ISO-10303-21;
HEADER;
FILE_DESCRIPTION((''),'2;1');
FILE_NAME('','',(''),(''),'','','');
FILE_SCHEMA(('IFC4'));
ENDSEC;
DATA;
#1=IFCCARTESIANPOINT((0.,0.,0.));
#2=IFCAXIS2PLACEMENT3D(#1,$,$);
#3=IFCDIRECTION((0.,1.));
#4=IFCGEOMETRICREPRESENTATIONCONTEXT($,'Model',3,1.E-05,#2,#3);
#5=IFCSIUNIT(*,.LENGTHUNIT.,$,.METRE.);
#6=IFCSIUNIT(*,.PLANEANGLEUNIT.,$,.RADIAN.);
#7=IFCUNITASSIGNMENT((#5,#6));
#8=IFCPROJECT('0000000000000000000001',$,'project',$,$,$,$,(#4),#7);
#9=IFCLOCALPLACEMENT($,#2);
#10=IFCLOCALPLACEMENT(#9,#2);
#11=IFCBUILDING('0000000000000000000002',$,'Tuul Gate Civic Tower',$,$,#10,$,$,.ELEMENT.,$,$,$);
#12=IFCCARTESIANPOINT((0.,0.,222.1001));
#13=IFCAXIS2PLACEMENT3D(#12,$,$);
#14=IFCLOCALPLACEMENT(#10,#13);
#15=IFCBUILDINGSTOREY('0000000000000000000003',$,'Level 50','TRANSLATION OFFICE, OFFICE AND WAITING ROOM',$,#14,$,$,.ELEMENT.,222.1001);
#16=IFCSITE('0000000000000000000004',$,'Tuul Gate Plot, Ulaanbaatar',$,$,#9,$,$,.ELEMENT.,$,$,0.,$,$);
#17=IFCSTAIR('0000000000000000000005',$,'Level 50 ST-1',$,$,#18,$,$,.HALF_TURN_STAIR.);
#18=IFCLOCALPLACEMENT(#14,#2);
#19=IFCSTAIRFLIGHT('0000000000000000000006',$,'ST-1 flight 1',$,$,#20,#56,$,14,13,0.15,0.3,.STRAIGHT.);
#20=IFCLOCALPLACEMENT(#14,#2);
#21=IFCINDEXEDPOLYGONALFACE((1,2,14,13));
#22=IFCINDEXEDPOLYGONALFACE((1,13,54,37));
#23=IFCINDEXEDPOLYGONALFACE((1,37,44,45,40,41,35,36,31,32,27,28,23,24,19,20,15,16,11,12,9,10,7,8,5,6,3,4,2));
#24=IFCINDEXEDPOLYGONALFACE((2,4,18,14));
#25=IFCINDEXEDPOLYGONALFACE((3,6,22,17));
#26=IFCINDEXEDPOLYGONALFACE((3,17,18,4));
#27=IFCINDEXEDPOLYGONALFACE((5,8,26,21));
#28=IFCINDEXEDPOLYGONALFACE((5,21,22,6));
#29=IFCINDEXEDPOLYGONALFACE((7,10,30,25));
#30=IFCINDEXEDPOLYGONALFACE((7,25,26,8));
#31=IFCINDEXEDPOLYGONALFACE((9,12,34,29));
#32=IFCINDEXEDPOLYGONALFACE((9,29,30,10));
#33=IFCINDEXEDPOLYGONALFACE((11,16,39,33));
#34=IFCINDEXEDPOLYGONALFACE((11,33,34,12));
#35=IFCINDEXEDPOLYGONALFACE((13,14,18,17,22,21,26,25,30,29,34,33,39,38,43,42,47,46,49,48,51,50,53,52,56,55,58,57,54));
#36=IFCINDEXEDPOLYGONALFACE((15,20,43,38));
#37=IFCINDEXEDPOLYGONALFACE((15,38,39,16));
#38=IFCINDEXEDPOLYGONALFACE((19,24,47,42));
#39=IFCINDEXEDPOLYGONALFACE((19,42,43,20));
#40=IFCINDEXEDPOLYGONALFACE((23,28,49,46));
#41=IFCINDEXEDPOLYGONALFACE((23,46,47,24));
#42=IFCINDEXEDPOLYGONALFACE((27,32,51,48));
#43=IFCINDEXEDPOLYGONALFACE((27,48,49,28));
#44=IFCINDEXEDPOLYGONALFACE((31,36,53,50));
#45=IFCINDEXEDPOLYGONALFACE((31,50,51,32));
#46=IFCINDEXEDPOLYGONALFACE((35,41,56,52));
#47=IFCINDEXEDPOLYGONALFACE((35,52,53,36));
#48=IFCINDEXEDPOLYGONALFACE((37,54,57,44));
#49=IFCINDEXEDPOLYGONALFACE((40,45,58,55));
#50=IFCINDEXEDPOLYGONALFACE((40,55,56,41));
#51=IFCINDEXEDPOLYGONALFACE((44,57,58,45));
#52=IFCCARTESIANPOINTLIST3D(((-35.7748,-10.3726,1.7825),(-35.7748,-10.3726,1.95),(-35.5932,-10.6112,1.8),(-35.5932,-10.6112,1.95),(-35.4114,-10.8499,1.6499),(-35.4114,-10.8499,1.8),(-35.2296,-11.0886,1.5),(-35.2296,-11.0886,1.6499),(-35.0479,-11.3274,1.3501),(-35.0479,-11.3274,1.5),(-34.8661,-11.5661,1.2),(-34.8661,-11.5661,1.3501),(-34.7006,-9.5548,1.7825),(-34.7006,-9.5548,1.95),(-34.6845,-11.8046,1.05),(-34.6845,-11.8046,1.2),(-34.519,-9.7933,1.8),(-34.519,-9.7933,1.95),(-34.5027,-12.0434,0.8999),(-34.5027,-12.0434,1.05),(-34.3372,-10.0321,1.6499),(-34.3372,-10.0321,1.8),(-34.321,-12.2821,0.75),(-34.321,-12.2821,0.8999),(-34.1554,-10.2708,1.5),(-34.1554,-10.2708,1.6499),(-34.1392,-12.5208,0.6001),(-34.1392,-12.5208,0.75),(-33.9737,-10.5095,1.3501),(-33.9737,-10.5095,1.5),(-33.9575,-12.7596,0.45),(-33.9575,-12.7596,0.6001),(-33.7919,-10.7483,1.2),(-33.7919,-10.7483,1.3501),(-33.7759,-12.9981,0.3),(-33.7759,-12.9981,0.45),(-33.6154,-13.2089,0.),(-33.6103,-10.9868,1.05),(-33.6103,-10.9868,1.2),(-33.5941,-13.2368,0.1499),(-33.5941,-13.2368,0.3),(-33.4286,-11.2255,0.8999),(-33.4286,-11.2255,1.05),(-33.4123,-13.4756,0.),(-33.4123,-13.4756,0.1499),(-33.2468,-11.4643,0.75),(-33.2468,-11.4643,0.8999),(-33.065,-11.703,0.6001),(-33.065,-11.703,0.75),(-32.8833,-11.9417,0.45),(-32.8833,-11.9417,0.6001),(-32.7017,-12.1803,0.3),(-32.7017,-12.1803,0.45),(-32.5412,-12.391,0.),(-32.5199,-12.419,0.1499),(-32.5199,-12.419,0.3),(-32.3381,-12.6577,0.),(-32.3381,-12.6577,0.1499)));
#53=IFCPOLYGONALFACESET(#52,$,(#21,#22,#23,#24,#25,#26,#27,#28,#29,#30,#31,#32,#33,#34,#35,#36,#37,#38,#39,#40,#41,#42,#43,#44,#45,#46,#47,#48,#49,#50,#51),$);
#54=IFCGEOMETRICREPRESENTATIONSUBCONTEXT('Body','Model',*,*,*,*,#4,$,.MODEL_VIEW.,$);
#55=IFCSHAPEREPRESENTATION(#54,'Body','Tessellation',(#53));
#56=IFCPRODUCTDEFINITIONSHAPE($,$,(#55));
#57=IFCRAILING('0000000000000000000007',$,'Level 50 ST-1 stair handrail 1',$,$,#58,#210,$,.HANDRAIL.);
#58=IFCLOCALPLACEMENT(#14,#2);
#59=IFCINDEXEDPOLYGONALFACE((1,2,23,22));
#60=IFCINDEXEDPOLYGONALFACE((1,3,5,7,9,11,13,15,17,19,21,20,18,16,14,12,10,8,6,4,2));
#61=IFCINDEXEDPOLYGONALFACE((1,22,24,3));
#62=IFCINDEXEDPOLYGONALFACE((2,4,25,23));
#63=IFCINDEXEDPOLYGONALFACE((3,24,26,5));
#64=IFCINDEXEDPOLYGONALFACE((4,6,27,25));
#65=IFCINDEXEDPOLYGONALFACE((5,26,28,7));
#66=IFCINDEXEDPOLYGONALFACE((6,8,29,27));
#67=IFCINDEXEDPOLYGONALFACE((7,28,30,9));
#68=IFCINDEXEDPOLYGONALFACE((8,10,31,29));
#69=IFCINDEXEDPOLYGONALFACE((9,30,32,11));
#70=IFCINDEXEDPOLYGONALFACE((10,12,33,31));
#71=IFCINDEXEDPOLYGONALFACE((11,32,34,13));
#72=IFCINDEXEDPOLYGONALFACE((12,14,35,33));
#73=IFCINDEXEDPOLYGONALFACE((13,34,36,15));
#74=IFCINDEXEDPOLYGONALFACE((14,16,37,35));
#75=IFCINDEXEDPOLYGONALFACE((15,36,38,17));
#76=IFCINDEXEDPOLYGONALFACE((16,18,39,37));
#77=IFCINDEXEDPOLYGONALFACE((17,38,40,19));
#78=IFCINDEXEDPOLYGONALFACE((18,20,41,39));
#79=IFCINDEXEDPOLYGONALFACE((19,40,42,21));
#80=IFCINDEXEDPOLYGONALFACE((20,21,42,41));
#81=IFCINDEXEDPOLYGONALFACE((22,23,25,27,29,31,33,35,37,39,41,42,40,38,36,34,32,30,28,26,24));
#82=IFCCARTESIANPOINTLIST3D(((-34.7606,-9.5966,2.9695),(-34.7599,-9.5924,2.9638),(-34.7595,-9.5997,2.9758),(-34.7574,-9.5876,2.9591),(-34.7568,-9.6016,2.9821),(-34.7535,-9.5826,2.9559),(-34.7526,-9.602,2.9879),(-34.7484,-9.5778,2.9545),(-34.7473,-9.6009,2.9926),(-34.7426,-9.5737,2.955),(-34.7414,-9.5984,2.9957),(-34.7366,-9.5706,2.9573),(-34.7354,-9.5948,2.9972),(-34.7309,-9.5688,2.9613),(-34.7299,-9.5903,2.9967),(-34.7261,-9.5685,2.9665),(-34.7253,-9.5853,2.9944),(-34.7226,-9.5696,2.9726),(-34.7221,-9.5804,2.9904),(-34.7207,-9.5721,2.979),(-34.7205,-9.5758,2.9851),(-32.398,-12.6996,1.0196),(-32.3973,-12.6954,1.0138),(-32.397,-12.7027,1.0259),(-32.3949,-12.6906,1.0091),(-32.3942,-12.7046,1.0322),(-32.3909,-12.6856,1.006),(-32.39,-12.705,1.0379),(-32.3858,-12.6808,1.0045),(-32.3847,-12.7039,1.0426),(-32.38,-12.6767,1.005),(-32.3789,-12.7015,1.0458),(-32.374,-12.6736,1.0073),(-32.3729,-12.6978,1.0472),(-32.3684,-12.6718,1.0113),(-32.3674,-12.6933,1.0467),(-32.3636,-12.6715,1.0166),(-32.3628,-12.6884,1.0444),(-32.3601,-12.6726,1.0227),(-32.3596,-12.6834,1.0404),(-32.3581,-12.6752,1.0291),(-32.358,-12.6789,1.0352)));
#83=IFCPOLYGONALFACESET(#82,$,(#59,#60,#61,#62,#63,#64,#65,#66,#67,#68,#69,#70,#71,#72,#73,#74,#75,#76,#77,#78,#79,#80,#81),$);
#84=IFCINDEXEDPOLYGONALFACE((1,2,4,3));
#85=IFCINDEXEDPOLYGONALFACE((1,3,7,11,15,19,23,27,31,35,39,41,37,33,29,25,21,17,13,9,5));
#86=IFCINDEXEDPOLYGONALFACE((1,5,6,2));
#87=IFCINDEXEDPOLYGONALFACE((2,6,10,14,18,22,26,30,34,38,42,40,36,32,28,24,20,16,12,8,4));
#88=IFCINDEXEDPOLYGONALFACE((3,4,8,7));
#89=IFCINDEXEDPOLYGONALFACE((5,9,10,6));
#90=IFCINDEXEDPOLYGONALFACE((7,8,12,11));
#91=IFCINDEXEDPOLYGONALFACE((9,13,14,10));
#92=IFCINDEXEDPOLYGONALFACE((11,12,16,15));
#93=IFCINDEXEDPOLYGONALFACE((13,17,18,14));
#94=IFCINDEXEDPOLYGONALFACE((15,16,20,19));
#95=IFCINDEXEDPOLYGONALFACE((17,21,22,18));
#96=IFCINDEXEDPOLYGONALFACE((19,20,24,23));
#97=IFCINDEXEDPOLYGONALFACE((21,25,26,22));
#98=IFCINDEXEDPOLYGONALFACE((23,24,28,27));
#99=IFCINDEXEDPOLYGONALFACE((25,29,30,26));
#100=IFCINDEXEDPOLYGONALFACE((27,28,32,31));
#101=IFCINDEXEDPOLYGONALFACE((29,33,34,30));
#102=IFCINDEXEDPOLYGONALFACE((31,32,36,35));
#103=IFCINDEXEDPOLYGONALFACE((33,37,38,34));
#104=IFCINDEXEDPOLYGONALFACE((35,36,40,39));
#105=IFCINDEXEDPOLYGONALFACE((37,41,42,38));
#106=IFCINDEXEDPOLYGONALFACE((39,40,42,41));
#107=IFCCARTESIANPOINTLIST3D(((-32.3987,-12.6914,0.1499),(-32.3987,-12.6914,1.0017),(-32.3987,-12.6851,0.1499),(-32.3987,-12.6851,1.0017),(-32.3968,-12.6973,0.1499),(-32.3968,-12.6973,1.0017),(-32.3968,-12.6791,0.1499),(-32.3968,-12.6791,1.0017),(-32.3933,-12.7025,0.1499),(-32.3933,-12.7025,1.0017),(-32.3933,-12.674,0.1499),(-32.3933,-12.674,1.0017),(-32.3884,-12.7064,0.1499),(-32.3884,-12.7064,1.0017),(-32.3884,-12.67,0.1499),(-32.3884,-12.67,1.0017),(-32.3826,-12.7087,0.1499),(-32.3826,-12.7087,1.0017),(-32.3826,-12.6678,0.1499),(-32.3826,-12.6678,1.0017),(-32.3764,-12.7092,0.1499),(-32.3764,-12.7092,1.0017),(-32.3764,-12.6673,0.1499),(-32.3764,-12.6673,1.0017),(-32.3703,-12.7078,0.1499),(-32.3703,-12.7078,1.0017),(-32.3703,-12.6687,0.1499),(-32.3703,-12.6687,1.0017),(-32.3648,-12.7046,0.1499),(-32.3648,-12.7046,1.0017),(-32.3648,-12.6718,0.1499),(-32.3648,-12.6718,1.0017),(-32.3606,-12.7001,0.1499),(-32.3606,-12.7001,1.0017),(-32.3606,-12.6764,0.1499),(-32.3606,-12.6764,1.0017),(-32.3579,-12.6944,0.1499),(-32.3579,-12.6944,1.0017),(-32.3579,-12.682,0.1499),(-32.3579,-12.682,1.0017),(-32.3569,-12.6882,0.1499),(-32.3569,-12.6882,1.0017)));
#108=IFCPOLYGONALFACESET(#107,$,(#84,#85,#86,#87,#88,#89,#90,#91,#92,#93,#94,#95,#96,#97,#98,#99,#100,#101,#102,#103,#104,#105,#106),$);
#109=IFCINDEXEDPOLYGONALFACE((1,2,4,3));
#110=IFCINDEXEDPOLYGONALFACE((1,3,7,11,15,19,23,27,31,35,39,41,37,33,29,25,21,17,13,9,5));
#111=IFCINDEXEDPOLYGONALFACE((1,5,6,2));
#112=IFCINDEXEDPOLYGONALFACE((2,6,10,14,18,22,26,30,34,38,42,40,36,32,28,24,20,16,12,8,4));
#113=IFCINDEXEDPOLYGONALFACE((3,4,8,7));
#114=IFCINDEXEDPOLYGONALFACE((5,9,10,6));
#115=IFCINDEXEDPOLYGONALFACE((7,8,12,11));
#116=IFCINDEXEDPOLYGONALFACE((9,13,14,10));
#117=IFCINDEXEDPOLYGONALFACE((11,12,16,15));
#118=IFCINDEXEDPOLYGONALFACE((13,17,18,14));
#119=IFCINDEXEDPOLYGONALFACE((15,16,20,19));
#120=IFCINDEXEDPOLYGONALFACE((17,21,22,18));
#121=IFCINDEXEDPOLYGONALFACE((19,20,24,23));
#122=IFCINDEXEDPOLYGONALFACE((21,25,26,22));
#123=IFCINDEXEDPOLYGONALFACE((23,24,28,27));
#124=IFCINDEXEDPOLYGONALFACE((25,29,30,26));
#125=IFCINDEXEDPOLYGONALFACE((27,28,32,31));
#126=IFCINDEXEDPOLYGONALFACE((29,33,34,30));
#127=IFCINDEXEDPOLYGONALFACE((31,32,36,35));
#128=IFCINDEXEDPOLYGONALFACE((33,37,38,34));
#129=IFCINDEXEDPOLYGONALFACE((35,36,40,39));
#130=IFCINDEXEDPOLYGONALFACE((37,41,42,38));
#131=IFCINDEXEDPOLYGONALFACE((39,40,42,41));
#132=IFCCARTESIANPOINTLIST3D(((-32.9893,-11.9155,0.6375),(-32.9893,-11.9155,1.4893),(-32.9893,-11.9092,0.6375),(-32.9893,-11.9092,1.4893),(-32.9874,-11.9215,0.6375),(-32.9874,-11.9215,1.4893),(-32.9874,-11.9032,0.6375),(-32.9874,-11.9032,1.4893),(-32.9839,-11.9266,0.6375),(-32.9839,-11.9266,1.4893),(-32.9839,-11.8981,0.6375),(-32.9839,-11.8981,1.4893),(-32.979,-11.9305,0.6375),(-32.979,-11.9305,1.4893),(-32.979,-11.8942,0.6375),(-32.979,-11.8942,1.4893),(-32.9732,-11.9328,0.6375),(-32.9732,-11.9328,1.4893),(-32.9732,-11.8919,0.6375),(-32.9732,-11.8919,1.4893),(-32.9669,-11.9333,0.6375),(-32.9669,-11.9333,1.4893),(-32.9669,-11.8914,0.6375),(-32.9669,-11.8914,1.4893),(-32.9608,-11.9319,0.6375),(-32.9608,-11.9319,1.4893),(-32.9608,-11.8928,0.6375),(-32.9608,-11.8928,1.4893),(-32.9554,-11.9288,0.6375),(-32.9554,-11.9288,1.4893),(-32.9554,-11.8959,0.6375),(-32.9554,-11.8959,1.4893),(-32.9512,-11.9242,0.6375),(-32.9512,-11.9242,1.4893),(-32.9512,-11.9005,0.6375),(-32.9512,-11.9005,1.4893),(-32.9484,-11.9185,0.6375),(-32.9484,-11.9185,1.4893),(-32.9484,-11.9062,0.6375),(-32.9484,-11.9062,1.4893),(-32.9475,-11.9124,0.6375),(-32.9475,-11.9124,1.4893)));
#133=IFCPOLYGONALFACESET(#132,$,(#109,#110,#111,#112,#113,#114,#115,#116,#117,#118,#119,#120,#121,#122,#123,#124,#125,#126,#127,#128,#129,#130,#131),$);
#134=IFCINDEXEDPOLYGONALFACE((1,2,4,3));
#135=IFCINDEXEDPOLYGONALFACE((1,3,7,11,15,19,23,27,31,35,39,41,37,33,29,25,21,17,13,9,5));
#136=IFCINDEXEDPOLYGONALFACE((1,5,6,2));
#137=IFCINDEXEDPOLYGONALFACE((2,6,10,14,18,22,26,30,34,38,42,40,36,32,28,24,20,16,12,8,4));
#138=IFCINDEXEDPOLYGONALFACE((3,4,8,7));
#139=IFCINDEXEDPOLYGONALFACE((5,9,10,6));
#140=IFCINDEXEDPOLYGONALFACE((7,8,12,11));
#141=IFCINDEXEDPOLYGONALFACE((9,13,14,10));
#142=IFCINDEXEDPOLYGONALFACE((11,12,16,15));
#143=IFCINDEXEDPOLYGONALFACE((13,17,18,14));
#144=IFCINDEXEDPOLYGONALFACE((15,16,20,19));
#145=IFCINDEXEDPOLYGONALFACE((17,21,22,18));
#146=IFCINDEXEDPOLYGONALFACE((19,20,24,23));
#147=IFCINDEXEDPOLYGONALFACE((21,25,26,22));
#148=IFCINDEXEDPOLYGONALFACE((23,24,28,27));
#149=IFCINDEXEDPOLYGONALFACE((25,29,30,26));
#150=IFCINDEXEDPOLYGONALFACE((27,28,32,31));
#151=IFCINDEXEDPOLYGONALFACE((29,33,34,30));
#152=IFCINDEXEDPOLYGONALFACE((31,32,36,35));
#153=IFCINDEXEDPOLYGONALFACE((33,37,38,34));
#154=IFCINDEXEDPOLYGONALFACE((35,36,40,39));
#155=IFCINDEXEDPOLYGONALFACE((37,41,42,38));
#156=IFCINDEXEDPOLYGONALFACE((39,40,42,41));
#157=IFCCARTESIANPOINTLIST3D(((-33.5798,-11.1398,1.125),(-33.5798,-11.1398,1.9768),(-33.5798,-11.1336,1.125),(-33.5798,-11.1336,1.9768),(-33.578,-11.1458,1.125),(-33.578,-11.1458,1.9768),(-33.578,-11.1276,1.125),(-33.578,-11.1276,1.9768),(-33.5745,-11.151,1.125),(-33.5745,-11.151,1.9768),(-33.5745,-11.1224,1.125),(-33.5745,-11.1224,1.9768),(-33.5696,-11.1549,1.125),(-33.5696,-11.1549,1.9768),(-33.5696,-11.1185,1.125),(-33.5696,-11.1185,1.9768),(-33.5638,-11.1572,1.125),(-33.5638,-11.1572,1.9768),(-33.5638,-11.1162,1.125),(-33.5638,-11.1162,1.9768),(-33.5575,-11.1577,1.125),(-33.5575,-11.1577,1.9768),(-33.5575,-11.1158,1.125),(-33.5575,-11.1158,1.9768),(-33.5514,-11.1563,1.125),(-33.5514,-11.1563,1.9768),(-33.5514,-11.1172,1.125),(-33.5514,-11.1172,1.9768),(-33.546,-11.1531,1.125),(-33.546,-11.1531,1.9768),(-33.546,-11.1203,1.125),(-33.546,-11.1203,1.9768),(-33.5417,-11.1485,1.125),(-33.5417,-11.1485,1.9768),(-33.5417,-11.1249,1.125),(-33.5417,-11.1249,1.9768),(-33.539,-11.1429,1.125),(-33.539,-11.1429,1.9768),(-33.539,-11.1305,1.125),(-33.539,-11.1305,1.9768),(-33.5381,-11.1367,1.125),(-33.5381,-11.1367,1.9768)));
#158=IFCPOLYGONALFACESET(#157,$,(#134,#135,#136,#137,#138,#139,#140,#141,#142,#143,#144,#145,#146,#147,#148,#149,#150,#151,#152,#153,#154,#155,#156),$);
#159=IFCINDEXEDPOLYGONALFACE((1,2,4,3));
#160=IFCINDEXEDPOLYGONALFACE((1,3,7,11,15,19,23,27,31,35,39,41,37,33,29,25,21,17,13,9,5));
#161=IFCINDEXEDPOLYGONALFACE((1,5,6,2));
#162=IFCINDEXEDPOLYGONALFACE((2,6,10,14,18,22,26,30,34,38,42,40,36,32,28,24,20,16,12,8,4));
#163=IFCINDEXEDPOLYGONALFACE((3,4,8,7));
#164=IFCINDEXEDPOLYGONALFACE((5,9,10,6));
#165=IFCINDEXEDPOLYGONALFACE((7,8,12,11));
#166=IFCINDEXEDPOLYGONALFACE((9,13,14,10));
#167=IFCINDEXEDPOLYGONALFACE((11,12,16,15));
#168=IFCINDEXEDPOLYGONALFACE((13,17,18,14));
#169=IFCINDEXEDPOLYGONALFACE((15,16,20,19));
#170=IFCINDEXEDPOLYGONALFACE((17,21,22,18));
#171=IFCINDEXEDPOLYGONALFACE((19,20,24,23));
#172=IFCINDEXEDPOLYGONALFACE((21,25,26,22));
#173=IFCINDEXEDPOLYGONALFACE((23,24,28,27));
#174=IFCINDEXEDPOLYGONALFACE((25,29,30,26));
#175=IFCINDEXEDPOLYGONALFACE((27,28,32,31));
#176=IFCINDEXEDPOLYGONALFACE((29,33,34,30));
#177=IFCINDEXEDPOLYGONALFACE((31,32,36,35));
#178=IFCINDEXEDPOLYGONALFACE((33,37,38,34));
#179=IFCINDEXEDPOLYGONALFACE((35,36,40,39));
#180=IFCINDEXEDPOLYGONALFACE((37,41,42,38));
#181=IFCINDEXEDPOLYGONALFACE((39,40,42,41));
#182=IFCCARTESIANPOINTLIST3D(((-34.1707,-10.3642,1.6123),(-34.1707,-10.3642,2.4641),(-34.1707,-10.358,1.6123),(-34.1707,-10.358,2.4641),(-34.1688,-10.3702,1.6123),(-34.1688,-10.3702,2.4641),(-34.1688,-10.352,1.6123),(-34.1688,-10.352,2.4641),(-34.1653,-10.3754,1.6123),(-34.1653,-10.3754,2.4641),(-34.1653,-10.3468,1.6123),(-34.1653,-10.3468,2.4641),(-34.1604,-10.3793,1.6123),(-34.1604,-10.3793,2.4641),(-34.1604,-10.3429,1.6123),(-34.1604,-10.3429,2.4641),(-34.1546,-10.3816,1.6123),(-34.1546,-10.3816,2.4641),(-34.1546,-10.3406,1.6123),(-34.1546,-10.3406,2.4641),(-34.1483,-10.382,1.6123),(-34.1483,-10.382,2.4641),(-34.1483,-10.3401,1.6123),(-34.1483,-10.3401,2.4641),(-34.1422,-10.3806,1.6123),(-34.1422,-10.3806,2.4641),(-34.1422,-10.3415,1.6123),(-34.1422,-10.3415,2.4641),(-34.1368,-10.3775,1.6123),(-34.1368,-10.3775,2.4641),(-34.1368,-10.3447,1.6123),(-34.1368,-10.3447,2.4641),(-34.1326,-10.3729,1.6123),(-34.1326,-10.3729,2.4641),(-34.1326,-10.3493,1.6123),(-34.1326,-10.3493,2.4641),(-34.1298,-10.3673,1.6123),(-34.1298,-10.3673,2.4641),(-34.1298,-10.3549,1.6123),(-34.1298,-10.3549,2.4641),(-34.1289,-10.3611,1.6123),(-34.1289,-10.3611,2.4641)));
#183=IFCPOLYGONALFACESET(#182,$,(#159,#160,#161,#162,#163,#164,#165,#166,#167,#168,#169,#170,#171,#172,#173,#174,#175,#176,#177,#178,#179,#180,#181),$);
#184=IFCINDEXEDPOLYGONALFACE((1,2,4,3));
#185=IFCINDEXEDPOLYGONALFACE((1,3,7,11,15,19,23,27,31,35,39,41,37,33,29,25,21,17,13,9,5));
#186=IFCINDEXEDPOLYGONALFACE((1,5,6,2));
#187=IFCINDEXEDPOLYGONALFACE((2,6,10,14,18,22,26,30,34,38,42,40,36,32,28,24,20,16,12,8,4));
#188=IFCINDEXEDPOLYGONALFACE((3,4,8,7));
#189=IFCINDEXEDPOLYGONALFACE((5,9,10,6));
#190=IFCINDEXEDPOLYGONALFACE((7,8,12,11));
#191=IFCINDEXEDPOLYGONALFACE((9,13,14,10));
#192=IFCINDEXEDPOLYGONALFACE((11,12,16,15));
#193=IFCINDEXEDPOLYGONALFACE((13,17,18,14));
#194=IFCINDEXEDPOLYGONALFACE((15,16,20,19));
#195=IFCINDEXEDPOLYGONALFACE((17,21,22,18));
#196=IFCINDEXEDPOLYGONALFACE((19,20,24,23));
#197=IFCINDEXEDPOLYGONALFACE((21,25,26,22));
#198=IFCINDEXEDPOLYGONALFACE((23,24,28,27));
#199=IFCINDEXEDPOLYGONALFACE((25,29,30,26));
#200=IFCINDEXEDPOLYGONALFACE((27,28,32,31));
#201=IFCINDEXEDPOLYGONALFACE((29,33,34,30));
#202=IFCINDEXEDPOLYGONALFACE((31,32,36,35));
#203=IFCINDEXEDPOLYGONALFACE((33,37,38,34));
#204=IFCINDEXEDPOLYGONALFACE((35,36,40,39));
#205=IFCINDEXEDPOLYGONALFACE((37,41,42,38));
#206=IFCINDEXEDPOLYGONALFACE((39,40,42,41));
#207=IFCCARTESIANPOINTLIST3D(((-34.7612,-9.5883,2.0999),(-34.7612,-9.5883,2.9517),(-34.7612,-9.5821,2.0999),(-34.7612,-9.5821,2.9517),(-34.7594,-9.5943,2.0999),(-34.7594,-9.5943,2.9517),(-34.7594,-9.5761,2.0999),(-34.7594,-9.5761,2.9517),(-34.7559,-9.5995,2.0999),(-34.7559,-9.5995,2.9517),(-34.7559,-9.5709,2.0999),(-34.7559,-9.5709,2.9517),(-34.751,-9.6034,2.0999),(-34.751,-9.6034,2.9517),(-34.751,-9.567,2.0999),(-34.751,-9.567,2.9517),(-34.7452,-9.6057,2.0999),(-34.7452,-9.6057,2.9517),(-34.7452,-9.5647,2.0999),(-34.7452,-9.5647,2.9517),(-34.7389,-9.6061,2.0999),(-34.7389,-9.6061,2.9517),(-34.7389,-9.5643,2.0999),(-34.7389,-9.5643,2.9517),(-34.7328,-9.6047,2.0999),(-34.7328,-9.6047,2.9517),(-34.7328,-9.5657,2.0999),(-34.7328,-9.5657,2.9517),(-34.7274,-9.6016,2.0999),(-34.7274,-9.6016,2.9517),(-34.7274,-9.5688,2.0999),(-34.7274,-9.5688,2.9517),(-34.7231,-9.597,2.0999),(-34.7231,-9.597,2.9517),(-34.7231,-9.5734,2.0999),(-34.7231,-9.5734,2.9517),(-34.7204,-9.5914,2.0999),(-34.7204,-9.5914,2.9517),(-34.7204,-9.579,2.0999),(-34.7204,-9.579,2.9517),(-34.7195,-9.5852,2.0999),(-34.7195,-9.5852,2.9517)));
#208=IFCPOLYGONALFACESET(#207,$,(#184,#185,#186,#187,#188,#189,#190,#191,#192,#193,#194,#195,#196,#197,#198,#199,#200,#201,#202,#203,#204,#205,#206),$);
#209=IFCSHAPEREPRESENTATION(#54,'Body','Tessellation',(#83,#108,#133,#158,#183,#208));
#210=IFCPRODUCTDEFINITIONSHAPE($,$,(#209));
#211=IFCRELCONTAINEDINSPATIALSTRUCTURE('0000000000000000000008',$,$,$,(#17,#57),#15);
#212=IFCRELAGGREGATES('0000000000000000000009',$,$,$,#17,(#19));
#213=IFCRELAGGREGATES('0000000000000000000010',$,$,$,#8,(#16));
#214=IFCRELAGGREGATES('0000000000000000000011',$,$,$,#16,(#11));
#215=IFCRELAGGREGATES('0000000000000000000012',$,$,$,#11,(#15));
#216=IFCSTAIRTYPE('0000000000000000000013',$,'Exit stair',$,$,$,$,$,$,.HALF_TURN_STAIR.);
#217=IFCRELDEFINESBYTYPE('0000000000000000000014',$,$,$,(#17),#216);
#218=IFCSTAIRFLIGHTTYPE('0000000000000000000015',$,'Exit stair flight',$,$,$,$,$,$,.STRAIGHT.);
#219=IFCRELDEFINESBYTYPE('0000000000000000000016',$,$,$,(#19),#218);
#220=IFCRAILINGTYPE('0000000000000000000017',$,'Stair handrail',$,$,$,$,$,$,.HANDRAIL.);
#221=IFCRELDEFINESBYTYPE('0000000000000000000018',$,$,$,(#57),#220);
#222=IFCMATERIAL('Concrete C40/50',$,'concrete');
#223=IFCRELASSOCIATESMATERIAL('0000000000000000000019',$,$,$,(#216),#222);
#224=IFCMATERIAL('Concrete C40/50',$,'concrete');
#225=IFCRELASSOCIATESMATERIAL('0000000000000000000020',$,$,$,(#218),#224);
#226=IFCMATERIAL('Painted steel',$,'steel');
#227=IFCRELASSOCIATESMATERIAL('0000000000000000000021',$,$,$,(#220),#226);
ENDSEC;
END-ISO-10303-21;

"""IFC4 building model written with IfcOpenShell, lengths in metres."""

from ifc_helpers import new_model, si_unit, direction, frame, origin, origin_2d, place, context, subcontext, project, spatial, polyline, circle, outline, extrude, material, type_object, element, aggregate, save


model = new_model("IFC4")

# Units and contexts
model_context = context("Model", 3, precision=1e-05, world=origin(), true_north=direction((0.0, 1.0)))
body_context = subcontext(model_context, "Body", "Model", "MODEL_VIEW")
ifc_project = project(units=[si_unit("LENGTHUNIT", "METRE"), si_unit("PLANEANGLEUNIT", "RADIAN")], contexts=[model_context])

# Site, building, storey
site_placement = place(None, origin())
site = spatial("IfcSite", under=ifc_project, at=site_placement, Name="Tuul Gate Plot, Ulaanbaatar", CompositionType="ELEMENT", RefElevation=0.0)
building_placement = place(site_placement, origin())
building = spatial("IfcBuilding", under=site, at=building_placement, Name="Tuul Gate Civic Tower", CompositionType="ELEMENT")
storey_placement = place(building_placement, frame((0.0, 0.0, 222.1001)))
storey = spatial("IfcBuildingStorey", under=building, at=storey_placement, Name="Level 50", Description="TRANSLATION OFFICE, OFFICE AND WAITING ROOM", CompositionType="ELEMENT", Elevation=222.1001)

# Stair, stair flight
ifc_material_1 = material(Name="Concrete C40/50", Category="concrete")
stair_type = type_object("IfcStairType", Name="Exit stair", PredefinedType="HALF_TURN_STAIR", material=ifc_material_1)
stair_placement = place(storey_placement, origin())
stair = element("IfcStair", 1, at=stair_placement, inside=storey, type_object=stair_type, Name="Level 50 ST-1", PredefinedType="HALF_TURN_STAIR")
ifc_material_2 = material(Name="Concrete C40/50", Category="concrete")
stair_flight_type = type_object("IfcStairFlightType", Name="Exit stair flight", PredefinedType="STRAIGHT", material=ifc_material_2)
stair_flight_placement = place(storey_placement, frame((-32.8752, -13.0667, 0.0), z_axis=(0.0, 0.0, 1.0), x_axis=(-0.605764, 0.795644, 0.0)))
stair_flight = element("IfcStairFlight", 2, at=stair_flight_placement, type_object=stair_flight_type, Name="ST-1 flight 1", NumberOfRisers=14, NumberOfTreads=13, PredefinedType="STRAIGHT", RiserHeight=0.15, TreadLength=0.3, context=body_context, shape_type="SweptSolid", body=[
    extrude(outline(polyline([(0.0, 0.0), (0.0, 0.1499), (0.3, 0.1499), (0.3, 0.3), (0.6001, 0.3), (0.6001, 0.45), (0.8999, 0.45), (0.8999, 0.6001), (1.2, 0.6001), (1.2, 0.75), (1.5, 0.75), (1.5, 0.8999), (1.8, 0.8999), (1.8, 1.05), (2.1001, 1.05), (2.1001, 1.2), (2.3999, 1.2), (2.3999, 1.3501), (2.7, 1.3501), (2.7, 1.5), (3.0, 1.5), (3.0, 1.6499), (3.3, 1.6499), (3.3, 1.8), (3.6001, 1.8), (3.6001, 1.95), (3.8999, 1.95), (3.8999, 2.1001), (3.8999, 1.7825), (0.3352, 0.0), (0.0, 0.0)])), frame((0.0, 0.675, 0.0), z_axis=(0.0, -1.0, 0.0), x_axis=(1.0, 0.0, 0.0)), (0.0, 0.0, 1.0), 1.3501),
])
aggregate(stair, [stair_flight])

# Railing
ifc_material_3 = material(Name="Painted steel", Category="steel")
railing_type_1 = type_object("IfcRailingType", Name="Stair handrail", PredefinedType="HANDRAIL", material=ifc_material_3)
railing_1_placement = place(storey_placement, frame((-32.3779, -12.6882, 0.1499)))
element("IfcRailing", 3, at=railing_1_placement, inside=storey, type_object=railing_type_1, Name="Level 50 ST-1 stair handrail 1", PredefinedType="HANDRAIL", context=body_context, shape_type="SweptSolid", body=[
    extrude(circle(Radius=0.0239, at=origin_2d()), frame((0.0, 0.0, 0.876), z_axis=(-0.541824, 0.711645, 0.4472), x_axis=(-0.795637, -0.605773, 0.0)), (0.0, 0.0, 1.0), 4.3604),
    extrude(circle(Radius=0.021, at=origin_2d()), origin(), (0.0, 0.0, 1.0), 0.8518),
    extrude(circle(Radius=0.021, at=origin_2d()), frame((-0.5906, 0.7759, 0.4875)), (0.0, 0.0, 1.0), 0.8518),
    extrude(circle(Radius=0.021, at=origin_2d()), frame((-1.1812, 1.5515, 0.9751)), (0.0, 0.0, 1.0), 0.8518),
    extrude(circle(Radius=0.021, at=origin_2d()), frame((-1.772, 2.3271, 1.4624)), (0.0, 0.0, 1.0), 0.8518),
    extrude(circle(Radius=0.021, at=origin_2d()), frame((-2.3625, 3.103, 1.95)), (0.0, 0.0, 1.0), 0.8518),
])

save(model, "model.ifc")
